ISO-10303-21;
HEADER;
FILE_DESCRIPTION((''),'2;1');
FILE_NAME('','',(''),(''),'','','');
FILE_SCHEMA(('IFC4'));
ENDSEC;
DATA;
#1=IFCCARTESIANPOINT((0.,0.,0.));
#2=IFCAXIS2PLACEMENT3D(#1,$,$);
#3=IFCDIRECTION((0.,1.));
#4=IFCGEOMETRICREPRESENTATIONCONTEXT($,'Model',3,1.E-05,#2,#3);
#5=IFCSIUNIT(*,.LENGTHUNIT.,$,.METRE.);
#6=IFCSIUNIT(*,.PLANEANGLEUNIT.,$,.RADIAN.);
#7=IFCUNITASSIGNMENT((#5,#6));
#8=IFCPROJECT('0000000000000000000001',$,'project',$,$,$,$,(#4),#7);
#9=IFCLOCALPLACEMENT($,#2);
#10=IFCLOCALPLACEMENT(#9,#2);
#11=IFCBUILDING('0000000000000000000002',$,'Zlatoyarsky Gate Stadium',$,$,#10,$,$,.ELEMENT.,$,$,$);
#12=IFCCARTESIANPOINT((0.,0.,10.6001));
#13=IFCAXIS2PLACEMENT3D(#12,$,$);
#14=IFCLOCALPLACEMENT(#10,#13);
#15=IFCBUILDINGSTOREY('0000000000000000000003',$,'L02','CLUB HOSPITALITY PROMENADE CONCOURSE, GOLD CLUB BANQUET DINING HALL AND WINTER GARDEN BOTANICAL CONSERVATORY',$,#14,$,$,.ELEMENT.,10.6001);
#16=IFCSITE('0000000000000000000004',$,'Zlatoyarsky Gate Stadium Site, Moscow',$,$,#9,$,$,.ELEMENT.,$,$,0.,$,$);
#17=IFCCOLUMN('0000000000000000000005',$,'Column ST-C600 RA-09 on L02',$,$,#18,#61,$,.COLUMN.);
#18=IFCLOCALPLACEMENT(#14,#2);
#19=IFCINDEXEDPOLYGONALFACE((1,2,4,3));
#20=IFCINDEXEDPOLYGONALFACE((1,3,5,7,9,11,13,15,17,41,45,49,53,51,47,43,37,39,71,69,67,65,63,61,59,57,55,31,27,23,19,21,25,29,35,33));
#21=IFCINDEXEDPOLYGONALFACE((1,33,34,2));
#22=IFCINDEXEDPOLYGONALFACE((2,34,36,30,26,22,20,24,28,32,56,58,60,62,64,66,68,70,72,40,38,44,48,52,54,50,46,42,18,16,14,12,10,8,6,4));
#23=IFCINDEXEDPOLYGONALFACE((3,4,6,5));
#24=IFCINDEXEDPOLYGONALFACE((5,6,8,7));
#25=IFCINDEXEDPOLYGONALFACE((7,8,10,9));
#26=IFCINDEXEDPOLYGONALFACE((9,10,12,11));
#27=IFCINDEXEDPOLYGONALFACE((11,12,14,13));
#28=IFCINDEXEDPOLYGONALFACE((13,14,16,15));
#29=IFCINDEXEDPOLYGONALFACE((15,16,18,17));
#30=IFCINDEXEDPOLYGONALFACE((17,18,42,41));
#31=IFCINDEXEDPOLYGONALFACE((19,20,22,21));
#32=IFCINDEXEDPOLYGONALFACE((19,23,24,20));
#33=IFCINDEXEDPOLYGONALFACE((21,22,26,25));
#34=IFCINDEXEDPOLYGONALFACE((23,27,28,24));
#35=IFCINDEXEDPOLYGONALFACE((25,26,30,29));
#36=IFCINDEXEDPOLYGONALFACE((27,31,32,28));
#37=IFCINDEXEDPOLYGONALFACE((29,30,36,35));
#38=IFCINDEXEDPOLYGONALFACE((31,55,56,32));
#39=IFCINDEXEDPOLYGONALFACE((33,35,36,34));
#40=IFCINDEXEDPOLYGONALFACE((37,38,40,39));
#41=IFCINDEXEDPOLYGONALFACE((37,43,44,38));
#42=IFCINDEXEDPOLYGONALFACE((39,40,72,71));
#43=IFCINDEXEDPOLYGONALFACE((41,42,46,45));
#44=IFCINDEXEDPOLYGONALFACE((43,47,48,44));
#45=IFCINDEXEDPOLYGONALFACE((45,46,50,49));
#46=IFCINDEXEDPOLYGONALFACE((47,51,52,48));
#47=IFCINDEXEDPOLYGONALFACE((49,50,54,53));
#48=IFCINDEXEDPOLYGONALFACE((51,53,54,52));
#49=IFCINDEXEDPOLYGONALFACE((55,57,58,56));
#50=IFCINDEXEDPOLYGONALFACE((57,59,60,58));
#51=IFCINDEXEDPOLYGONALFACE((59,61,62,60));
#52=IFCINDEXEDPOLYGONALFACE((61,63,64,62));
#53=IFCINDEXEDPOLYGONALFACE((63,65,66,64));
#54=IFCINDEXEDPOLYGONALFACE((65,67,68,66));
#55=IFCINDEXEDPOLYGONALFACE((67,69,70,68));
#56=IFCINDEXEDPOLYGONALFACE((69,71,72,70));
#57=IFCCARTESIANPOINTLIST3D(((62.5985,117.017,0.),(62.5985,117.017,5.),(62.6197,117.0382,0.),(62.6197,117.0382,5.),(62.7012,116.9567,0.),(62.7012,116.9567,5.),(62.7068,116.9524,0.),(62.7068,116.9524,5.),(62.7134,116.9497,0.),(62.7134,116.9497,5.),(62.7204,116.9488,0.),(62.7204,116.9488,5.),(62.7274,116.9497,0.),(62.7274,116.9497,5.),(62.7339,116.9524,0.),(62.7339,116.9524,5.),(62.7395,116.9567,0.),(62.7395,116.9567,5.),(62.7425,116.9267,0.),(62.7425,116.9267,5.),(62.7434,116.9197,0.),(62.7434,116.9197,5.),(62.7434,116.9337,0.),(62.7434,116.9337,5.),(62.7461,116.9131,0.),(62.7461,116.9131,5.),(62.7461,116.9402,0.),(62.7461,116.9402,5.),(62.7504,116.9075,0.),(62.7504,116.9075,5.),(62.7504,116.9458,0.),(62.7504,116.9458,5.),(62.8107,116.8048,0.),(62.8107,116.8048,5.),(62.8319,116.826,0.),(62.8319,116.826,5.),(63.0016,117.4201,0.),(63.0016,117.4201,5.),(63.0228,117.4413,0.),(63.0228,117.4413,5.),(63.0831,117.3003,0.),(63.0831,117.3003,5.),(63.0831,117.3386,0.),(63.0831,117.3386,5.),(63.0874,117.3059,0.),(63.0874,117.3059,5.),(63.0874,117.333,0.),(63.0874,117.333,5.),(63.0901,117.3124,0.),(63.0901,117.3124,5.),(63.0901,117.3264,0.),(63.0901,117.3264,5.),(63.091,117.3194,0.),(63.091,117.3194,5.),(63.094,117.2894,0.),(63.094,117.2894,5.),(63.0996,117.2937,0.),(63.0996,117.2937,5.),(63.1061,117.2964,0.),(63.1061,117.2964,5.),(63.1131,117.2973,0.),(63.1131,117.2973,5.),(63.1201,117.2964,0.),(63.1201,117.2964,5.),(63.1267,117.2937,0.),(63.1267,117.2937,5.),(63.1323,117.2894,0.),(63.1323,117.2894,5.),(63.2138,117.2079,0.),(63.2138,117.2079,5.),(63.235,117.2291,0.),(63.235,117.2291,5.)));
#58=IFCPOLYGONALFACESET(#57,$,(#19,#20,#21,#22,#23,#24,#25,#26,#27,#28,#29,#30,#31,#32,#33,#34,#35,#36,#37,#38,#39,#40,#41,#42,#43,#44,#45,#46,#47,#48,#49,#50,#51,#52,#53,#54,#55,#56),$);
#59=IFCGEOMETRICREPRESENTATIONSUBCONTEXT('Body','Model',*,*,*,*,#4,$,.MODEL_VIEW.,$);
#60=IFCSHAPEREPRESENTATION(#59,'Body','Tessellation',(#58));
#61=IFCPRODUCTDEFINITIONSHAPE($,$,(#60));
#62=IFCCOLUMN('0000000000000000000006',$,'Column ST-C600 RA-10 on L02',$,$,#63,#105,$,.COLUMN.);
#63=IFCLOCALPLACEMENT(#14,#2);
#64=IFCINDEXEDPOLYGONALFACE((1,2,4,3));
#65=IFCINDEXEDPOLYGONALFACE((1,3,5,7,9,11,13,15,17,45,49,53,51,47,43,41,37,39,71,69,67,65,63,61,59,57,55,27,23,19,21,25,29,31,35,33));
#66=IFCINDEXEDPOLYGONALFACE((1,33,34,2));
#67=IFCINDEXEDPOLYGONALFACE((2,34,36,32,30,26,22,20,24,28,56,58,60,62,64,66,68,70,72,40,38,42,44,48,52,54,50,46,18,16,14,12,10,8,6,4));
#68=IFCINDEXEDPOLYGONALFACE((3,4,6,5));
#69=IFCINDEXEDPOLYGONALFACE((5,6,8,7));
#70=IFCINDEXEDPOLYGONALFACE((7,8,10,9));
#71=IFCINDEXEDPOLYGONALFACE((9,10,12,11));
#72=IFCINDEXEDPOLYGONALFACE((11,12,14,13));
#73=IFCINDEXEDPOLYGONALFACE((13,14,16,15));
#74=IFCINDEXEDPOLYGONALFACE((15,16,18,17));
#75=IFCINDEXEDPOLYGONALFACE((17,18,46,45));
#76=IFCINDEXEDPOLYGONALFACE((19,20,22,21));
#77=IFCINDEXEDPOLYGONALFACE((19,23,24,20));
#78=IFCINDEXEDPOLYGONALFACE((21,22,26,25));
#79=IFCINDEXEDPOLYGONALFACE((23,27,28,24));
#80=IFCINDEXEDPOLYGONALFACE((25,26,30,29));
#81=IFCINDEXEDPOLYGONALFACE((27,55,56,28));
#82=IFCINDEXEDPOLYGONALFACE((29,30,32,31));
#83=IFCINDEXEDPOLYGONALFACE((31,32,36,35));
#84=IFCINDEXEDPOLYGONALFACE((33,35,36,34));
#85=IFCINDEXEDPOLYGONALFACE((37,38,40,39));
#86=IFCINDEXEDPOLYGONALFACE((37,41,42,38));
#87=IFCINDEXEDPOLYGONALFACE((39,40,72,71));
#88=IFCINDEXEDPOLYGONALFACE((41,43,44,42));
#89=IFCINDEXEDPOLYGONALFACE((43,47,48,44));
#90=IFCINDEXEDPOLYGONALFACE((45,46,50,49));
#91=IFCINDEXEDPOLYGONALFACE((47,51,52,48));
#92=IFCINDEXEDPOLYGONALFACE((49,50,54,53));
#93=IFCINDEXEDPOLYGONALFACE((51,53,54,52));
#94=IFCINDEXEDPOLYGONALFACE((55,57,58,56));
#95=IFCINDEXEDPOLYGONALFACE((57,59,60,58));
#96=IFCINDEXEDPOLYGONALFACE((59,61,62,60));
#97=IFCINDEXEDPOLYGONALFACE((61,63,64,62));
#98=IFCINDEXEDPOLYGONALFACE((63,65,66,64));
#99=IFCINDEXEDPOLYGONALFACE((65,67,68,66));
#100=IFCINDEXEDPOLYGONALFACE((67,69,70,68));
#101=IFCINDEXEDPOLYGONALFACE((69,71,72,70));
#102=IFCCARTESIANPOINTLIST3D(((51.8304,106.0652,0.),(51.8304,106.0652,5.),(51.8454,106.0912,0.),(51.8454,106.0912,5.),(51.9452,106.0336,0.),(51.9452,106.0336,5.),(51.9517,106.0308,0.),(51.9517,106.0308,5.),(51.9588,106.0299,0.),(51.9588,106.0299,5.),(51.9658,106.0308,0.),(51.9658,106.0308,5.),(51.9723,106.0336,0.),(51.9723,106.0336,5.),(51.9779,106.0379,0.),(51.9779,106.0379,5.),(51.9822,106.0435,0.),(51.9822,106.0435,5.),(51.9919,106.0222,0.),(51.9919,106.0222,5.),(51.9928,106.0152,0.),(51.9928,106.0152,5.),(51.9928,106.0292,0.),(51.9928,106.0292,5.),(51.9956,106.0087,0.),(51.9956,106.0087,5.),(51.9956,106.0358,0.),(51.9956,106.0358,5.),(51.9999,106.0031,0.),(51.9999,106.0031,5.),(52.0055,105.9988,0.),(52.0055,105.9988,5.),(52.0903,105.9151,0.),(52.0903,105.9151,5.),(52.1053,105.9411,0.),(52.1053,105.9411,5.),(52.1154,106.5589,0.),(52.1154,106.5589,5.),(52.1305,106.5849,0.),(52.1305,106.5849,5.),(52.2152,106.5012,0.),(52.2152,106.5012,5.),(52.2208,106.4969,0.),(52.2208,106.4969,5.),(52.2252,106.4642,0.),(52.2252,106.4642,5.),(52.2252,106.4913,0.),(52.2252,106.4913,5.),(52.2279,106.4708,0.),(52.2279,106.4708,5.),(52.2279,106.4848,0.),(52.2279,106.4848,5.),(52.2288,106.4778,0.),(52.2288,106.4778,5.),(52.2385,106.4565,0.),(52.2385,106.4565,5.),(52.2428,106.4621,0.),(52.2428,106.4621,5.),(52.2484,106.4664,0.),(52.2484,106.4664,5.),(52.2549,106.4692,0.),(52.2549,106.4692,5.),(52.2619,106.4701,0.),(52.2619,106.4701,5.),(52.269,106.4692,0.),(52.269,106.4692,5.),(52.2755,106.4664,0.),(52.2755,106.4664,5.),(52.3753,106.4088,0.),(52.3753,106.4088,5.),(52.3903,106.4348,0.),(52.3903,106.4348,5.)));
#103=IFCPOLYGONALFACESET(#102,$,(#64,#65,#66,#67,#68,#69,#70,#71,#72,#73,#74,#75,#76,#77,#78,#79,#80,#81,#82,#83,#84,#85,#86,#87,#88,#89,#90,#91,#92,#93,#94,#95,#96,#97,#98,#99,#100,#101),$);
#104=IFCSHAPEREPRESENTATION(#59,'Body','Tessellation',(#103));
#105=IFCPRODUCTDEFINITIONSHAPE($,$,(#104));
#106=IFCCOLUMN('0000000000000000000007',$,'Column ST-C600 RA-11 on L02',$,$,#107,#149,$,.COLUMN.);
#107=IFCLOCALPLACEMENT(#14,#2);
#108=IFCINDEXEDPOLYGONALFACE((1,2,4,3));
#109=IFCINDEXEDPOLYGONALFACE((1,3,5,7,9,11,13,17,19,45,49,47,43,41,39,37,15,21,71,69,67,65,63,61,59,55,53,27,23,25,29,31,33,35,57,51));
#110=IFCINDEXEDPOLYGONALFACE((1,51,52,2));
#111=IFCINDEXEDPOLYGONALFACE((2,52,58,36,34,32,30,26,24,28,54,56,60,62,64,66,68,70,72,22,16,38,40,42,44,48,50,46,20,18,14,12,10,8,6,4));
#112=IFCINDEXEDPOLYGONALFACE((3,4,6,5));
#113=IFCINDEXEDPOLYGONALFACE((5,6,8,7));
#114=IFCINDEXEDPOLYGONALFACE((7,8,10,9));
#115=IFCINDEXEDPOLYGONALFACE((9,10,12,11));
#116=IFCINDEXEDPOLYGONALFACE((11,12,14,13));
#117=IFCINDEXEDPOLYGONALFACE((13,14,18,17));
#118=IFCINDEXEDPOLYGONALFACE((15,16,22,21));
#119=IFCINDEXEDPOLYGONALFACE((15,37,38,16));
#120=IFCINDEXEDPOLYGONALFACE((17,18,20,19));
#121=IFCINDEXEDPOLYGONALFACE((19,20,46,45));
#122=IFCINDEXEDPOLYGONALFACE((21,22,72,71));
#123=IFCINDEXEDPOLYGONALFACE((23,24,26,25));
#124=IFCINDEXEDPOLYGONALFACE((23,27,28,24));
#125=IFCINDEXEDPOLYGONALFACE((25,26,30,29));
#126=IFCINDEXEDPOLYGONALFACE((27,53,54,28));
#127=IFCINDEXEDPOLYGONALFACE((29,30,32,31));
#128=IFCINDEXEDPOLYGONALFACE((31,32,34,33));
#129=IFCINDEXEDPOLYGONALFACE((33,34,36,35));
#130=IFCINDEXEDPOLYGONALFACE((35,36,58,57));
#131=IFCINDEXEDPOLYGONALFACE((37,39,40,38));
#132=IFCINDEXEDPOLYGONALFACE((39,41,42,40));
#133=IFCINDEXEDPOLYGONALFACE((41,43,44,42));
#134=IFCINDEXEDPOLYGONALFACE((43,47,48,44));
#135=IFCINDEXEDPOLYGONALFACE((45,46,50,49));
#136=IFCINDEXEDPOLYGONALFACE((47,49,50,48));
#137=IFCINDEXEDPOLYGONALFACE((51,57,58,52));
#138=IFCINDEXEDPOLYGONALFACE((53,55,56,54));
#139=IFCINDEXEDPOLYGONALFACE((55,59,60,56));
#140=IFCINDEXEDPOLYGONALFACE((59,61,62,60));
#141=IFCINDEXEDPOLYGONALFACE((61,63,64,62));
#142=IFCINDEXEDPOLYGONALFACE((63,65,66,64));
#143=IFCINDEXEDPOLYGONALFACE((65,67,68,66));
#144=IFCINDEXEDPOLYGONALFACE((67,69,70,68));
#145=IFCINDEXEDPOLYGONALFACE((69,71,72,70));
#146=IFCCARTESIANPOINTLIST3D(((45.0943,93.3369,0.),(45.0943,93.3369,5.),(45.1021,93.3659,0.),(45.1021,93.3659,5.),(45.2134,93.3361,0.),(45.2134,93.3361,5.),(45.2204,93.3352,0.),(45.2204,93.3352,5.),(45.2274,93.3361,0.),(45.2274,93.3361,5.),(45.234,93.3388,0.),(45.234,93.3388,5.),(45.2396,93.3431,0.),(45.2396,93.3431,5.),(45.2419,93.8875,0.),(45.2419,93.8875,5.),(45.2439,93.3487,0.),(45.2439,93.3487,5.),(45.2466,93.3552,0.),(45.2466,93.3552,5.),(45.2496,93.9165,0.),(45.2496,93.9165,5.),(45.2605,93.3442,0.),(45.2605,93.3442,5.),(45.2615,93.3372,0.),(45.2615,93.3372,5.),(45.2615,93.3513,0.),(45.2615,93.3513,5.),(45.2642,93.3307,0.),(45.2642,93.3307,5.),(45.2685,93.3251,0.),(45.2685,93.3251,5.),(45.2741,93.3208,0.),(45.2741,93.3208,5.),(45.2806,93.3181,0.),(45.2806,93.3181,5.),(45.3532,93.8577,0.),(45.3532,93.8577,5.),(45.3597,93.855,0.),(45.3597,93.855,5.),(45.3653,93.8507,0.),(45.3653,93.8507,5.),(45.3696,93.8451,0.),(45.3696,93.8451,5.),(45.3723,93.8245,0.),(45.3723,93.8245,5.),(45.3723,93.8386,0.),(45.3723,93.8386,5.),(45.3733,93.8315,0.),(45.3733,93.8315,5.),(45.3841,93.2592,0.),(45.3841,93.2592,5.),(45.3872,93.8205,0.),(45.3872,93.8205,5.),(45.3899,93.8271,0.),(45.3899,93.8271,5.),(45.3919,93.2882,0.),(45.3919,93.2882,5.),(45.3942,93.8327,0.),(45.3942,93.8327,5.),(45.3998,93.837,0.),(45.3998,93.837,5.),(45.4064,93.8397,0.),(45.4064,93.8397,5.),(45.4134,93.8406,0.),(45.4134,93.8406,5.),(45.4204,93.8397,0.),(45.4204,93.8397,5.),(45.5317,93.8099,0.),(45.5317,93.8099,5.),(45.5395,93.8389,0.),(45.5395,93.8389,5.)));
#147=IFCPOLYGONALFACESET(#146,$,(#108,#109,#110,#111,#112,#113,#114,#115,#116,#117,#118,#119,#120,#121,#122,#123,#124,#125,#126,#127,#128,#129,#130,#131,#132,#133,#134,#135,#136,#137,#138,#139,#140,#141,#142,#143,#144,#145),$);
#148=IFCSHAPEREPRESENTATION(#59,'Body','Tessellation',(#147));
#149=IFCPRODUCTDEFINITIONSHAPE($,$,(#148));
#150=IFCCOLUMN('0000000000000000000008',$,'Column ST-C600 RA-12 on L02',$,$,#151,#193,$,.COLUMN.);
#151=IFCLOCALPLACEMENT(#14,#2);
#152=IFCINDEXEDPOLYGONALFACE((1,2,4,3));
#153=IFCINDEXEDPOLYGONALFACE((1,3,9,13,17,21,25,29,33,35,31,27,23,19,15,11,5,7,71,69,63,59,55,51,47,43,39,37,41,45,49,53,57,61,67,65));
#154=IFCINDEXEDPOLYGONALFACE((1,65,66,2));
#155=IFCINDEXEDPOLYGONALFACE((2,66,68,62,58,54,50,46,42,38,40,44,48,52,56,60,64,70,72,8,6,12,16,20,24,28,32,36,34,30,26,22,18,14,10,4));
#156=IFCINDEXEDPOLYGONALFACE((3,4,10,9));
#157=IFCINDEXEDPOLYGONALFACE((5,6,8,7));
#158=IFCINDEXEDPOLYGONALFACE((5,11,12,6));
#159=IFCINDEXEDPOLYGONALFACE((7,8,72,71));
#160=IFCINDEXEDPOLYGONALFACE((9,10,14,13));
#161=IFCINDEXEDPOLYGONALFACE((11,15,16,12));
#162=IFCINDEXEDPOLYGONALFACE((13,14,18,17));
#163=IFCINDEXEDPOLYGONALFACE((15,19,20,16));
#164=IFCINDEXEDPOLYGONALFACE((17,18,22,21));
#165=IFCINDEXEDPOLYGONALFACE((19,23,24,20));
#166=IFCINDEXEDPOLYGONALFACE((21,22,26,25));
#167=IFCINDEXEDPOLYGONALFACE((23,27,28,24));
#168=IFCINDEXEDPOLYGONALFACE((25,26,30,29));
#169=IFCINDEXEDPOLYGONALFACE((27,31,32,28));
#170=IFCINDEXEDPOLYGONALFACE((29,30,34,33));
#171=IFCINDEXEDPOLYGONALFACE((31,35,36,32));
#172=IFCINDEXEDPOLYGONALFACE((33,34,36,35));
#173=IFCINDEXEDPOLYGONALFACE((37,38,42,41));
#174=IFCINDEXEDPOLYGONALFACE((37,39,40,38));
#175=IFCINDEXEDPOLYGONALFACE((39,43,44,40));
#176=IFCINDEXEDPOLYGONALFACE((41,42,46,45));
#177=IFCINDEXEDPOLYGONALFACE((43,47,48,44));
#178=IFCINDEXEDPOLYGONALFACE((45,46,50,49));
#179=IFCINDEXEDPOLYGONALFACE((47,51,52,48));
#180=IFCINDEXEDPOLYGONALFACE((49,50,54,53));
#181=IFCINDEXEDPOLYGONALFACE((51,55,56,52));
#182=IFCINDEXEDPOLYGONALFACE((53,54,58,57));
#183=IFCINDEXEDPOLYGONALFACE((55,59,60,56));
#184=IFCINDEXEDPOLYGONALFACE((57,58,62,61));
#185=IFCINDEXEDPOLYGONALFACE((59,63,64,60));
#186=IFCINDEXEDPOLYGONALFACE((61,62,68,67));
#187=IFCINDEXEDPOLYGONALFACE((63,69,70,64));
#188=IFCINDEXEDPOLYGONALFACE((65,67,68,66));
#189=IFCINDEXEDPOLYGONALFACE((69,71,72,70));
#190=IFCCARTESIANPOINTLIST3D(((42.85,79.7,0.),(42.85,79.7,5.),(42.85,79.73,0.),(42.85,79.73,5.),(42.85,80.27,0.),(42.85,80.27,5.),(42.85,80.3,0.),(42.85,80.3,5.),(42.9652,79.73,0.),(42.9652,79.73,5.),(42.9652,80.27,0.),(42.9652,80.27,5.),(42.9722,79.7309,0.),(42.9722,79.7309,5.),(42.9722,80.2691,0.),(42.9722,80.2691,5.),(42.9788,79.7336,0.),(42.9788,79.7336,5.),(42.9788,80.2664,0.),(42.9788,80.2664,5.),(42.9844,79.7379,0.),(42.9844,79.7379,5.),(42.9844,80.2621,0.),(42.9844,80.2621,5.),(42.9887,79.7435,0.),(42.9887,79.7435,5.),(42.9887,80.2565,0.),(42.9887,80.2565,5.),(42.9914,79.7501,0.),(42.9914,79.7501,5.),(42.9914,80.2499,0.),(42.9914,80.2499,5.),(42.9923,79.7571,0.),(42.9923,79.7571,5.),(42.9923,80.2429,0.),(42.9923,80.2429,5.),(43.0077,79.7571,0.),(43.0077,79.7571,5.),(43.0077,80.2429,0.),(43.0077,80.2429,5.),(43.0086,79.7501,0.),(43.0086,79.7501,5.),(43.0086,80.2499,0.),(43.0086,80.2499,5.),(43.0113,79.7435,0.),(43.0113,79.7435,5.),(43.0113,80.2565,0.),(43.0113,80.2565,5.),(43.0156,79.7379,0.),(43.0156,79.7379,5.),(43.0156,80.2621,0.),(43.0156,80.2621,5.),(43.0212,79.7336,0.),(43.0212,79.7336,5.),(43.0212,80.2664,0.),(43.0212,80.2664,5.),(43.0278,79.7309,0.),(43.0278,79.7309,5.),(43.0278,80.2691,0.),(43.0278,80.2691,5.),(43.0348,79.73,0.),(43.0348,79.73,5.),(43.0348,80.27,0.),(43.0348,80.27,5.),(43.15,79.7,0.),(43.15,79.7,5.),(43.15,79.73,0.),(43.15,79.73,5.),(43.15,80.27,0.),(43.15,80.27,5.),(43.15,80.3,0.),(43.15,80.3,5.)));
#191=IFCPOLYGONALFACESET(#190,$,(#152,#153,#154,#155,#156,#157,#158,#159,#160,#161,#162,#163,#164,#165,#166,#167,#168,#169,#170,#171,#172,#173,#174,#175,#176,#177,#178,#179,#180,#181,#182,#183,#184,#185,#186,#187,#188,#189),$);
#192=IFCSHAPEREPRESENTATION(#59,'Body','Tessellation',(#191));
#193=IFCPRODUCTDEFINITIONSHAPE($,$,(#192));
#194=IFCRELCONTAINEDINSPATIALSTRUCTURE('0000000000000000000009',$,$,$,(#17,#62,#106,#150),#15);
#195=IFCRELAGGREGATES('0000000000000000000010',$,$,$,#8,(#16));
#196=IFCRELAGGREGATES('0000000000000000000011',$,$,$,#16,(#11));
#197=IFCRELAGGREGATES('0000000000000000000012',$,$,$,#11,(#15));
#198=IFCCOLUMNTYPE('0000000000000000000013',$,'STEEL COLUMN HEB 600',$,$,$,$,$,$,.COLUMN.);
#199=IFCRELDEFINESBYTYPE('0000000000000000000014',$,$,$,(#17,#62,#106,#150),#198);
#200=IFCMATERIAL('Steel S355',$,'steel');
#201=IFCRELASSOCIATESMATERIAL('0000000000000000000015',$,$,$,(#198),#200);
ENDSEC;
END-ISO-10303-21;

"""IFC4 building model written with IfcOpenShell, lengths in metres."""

from ifc_helpers import new_model, si_unit, direction, frame, origin, origin_2d, place, context, subcontext, project, spatial, i_section, extrude, material, material_profile, profile_set, type_object, element, save


model = new_model("IFC4")

# Units and contexts
model_context = context("Model", 3, precision=1e-05, world=origin(), true_north=direction((0.0, 1.0)))
body_context = subcontext(model_context, "Body", "Model", "MODEL_VIEW")
ifc_project = project(units=[si_unit("LENGTHUNIT", "METRE"), si_unit("PLANEANGLEUNIT", "RADIAN")], contexts=[model_context])

# Site, building, storey
site_placement = place(None, origin())
site = spatial("IfcSite", under=ifc_project, at=site_placement, Name="Zlatoyarsky Gate Stadium Site, Moscow", CompositionType="ELEMENT", RefElevation=0.0)
building_placement = place(site_placement, origin())
building = spatial("IfcBuilding", under=site, at=building_placement, Name="Zlatoyarsky Gate Stadium", CompositionType="ELEMENT")
storey_placement = place(building_placement, frame((0.0, 0.0, 10.6001)))
storey = spatial("IfcBuildingStorey", under=building, at=storey_placement, Name="L02", Description="CLUB HOSPITALITY PROMENADE CONCOURSE, GOLD CLUB BANQUET DINING HALL AND WINTER GARDEN BOTANICAL CONSERVATORY", CompositionType="ELEMENT", Elevation=10.6001)

# Columns
ifc_material_1 = material(Name="Steel S355", Category="steel")
ifc_material_profile_1 = material_profile(ifc_material_1, i_section(OverallWidth=0.3, OverallDepth=0.6001, WebThickness=0.0154, FlangeThickness=0.03, FilletRadius=0.0271, at=origin_2d()), Name="HEB 600")
ifc_profile_set_1 = profile_set([ifc_material_profile_1], Name="Steel S355")
column_type = type_object("IfcColumnType", Name="STEEL COLUMN HEB 600", PredefinedType="COLUMN", material=ifc_profile_set_1)
for number, where, z_axis, x_axis, name in (
    (1, (62.9167, 117.123, 0.0), (0.0, 0.0, 1.0), (-0.707107, 0.707107, 0.0), "Column ST-C600 RA-09 on L02"),
    (2, (52.1104, 106.25, 0.0), (0.0, 0.0, 1.0), (-0.866025, 0.5, 0.0), "Column ST-C600 RA-10 on L02"),
    (3, (45.3169, 93.5879, 0.0), (0.0, 0.0, 1.0), (-0.965926, 0.258819, 0.0), "Column ST-C600 RA-11 on L02"),
    (4, (43.0, 80.0, 0.0), (0.0, 0.0, 1.0), (-1.0, 0.0, 0.0), "Column ST-C600 RA-12 on L02"),
):
    element("IfcColumn", number, at=place(storey_placement, frame(where, z_axis=z_axis, x_axis=x_axis)), inside=storey, type_object=column_type, Name=name, PredefinedType="COLUMN", context=body_context, shape_type="SweptSolid", body=[
        extrude(i_section(OverallWidth=0.3, OverallDepth=0.6001, WebThickness=0.0154, FlangeThickness=0.03, FilletRadius=0.0271, at=origin_2d()), origin(), (0.0, 0.0, 1.0), 5.0),
    ])

save(model, "model.ifc")
